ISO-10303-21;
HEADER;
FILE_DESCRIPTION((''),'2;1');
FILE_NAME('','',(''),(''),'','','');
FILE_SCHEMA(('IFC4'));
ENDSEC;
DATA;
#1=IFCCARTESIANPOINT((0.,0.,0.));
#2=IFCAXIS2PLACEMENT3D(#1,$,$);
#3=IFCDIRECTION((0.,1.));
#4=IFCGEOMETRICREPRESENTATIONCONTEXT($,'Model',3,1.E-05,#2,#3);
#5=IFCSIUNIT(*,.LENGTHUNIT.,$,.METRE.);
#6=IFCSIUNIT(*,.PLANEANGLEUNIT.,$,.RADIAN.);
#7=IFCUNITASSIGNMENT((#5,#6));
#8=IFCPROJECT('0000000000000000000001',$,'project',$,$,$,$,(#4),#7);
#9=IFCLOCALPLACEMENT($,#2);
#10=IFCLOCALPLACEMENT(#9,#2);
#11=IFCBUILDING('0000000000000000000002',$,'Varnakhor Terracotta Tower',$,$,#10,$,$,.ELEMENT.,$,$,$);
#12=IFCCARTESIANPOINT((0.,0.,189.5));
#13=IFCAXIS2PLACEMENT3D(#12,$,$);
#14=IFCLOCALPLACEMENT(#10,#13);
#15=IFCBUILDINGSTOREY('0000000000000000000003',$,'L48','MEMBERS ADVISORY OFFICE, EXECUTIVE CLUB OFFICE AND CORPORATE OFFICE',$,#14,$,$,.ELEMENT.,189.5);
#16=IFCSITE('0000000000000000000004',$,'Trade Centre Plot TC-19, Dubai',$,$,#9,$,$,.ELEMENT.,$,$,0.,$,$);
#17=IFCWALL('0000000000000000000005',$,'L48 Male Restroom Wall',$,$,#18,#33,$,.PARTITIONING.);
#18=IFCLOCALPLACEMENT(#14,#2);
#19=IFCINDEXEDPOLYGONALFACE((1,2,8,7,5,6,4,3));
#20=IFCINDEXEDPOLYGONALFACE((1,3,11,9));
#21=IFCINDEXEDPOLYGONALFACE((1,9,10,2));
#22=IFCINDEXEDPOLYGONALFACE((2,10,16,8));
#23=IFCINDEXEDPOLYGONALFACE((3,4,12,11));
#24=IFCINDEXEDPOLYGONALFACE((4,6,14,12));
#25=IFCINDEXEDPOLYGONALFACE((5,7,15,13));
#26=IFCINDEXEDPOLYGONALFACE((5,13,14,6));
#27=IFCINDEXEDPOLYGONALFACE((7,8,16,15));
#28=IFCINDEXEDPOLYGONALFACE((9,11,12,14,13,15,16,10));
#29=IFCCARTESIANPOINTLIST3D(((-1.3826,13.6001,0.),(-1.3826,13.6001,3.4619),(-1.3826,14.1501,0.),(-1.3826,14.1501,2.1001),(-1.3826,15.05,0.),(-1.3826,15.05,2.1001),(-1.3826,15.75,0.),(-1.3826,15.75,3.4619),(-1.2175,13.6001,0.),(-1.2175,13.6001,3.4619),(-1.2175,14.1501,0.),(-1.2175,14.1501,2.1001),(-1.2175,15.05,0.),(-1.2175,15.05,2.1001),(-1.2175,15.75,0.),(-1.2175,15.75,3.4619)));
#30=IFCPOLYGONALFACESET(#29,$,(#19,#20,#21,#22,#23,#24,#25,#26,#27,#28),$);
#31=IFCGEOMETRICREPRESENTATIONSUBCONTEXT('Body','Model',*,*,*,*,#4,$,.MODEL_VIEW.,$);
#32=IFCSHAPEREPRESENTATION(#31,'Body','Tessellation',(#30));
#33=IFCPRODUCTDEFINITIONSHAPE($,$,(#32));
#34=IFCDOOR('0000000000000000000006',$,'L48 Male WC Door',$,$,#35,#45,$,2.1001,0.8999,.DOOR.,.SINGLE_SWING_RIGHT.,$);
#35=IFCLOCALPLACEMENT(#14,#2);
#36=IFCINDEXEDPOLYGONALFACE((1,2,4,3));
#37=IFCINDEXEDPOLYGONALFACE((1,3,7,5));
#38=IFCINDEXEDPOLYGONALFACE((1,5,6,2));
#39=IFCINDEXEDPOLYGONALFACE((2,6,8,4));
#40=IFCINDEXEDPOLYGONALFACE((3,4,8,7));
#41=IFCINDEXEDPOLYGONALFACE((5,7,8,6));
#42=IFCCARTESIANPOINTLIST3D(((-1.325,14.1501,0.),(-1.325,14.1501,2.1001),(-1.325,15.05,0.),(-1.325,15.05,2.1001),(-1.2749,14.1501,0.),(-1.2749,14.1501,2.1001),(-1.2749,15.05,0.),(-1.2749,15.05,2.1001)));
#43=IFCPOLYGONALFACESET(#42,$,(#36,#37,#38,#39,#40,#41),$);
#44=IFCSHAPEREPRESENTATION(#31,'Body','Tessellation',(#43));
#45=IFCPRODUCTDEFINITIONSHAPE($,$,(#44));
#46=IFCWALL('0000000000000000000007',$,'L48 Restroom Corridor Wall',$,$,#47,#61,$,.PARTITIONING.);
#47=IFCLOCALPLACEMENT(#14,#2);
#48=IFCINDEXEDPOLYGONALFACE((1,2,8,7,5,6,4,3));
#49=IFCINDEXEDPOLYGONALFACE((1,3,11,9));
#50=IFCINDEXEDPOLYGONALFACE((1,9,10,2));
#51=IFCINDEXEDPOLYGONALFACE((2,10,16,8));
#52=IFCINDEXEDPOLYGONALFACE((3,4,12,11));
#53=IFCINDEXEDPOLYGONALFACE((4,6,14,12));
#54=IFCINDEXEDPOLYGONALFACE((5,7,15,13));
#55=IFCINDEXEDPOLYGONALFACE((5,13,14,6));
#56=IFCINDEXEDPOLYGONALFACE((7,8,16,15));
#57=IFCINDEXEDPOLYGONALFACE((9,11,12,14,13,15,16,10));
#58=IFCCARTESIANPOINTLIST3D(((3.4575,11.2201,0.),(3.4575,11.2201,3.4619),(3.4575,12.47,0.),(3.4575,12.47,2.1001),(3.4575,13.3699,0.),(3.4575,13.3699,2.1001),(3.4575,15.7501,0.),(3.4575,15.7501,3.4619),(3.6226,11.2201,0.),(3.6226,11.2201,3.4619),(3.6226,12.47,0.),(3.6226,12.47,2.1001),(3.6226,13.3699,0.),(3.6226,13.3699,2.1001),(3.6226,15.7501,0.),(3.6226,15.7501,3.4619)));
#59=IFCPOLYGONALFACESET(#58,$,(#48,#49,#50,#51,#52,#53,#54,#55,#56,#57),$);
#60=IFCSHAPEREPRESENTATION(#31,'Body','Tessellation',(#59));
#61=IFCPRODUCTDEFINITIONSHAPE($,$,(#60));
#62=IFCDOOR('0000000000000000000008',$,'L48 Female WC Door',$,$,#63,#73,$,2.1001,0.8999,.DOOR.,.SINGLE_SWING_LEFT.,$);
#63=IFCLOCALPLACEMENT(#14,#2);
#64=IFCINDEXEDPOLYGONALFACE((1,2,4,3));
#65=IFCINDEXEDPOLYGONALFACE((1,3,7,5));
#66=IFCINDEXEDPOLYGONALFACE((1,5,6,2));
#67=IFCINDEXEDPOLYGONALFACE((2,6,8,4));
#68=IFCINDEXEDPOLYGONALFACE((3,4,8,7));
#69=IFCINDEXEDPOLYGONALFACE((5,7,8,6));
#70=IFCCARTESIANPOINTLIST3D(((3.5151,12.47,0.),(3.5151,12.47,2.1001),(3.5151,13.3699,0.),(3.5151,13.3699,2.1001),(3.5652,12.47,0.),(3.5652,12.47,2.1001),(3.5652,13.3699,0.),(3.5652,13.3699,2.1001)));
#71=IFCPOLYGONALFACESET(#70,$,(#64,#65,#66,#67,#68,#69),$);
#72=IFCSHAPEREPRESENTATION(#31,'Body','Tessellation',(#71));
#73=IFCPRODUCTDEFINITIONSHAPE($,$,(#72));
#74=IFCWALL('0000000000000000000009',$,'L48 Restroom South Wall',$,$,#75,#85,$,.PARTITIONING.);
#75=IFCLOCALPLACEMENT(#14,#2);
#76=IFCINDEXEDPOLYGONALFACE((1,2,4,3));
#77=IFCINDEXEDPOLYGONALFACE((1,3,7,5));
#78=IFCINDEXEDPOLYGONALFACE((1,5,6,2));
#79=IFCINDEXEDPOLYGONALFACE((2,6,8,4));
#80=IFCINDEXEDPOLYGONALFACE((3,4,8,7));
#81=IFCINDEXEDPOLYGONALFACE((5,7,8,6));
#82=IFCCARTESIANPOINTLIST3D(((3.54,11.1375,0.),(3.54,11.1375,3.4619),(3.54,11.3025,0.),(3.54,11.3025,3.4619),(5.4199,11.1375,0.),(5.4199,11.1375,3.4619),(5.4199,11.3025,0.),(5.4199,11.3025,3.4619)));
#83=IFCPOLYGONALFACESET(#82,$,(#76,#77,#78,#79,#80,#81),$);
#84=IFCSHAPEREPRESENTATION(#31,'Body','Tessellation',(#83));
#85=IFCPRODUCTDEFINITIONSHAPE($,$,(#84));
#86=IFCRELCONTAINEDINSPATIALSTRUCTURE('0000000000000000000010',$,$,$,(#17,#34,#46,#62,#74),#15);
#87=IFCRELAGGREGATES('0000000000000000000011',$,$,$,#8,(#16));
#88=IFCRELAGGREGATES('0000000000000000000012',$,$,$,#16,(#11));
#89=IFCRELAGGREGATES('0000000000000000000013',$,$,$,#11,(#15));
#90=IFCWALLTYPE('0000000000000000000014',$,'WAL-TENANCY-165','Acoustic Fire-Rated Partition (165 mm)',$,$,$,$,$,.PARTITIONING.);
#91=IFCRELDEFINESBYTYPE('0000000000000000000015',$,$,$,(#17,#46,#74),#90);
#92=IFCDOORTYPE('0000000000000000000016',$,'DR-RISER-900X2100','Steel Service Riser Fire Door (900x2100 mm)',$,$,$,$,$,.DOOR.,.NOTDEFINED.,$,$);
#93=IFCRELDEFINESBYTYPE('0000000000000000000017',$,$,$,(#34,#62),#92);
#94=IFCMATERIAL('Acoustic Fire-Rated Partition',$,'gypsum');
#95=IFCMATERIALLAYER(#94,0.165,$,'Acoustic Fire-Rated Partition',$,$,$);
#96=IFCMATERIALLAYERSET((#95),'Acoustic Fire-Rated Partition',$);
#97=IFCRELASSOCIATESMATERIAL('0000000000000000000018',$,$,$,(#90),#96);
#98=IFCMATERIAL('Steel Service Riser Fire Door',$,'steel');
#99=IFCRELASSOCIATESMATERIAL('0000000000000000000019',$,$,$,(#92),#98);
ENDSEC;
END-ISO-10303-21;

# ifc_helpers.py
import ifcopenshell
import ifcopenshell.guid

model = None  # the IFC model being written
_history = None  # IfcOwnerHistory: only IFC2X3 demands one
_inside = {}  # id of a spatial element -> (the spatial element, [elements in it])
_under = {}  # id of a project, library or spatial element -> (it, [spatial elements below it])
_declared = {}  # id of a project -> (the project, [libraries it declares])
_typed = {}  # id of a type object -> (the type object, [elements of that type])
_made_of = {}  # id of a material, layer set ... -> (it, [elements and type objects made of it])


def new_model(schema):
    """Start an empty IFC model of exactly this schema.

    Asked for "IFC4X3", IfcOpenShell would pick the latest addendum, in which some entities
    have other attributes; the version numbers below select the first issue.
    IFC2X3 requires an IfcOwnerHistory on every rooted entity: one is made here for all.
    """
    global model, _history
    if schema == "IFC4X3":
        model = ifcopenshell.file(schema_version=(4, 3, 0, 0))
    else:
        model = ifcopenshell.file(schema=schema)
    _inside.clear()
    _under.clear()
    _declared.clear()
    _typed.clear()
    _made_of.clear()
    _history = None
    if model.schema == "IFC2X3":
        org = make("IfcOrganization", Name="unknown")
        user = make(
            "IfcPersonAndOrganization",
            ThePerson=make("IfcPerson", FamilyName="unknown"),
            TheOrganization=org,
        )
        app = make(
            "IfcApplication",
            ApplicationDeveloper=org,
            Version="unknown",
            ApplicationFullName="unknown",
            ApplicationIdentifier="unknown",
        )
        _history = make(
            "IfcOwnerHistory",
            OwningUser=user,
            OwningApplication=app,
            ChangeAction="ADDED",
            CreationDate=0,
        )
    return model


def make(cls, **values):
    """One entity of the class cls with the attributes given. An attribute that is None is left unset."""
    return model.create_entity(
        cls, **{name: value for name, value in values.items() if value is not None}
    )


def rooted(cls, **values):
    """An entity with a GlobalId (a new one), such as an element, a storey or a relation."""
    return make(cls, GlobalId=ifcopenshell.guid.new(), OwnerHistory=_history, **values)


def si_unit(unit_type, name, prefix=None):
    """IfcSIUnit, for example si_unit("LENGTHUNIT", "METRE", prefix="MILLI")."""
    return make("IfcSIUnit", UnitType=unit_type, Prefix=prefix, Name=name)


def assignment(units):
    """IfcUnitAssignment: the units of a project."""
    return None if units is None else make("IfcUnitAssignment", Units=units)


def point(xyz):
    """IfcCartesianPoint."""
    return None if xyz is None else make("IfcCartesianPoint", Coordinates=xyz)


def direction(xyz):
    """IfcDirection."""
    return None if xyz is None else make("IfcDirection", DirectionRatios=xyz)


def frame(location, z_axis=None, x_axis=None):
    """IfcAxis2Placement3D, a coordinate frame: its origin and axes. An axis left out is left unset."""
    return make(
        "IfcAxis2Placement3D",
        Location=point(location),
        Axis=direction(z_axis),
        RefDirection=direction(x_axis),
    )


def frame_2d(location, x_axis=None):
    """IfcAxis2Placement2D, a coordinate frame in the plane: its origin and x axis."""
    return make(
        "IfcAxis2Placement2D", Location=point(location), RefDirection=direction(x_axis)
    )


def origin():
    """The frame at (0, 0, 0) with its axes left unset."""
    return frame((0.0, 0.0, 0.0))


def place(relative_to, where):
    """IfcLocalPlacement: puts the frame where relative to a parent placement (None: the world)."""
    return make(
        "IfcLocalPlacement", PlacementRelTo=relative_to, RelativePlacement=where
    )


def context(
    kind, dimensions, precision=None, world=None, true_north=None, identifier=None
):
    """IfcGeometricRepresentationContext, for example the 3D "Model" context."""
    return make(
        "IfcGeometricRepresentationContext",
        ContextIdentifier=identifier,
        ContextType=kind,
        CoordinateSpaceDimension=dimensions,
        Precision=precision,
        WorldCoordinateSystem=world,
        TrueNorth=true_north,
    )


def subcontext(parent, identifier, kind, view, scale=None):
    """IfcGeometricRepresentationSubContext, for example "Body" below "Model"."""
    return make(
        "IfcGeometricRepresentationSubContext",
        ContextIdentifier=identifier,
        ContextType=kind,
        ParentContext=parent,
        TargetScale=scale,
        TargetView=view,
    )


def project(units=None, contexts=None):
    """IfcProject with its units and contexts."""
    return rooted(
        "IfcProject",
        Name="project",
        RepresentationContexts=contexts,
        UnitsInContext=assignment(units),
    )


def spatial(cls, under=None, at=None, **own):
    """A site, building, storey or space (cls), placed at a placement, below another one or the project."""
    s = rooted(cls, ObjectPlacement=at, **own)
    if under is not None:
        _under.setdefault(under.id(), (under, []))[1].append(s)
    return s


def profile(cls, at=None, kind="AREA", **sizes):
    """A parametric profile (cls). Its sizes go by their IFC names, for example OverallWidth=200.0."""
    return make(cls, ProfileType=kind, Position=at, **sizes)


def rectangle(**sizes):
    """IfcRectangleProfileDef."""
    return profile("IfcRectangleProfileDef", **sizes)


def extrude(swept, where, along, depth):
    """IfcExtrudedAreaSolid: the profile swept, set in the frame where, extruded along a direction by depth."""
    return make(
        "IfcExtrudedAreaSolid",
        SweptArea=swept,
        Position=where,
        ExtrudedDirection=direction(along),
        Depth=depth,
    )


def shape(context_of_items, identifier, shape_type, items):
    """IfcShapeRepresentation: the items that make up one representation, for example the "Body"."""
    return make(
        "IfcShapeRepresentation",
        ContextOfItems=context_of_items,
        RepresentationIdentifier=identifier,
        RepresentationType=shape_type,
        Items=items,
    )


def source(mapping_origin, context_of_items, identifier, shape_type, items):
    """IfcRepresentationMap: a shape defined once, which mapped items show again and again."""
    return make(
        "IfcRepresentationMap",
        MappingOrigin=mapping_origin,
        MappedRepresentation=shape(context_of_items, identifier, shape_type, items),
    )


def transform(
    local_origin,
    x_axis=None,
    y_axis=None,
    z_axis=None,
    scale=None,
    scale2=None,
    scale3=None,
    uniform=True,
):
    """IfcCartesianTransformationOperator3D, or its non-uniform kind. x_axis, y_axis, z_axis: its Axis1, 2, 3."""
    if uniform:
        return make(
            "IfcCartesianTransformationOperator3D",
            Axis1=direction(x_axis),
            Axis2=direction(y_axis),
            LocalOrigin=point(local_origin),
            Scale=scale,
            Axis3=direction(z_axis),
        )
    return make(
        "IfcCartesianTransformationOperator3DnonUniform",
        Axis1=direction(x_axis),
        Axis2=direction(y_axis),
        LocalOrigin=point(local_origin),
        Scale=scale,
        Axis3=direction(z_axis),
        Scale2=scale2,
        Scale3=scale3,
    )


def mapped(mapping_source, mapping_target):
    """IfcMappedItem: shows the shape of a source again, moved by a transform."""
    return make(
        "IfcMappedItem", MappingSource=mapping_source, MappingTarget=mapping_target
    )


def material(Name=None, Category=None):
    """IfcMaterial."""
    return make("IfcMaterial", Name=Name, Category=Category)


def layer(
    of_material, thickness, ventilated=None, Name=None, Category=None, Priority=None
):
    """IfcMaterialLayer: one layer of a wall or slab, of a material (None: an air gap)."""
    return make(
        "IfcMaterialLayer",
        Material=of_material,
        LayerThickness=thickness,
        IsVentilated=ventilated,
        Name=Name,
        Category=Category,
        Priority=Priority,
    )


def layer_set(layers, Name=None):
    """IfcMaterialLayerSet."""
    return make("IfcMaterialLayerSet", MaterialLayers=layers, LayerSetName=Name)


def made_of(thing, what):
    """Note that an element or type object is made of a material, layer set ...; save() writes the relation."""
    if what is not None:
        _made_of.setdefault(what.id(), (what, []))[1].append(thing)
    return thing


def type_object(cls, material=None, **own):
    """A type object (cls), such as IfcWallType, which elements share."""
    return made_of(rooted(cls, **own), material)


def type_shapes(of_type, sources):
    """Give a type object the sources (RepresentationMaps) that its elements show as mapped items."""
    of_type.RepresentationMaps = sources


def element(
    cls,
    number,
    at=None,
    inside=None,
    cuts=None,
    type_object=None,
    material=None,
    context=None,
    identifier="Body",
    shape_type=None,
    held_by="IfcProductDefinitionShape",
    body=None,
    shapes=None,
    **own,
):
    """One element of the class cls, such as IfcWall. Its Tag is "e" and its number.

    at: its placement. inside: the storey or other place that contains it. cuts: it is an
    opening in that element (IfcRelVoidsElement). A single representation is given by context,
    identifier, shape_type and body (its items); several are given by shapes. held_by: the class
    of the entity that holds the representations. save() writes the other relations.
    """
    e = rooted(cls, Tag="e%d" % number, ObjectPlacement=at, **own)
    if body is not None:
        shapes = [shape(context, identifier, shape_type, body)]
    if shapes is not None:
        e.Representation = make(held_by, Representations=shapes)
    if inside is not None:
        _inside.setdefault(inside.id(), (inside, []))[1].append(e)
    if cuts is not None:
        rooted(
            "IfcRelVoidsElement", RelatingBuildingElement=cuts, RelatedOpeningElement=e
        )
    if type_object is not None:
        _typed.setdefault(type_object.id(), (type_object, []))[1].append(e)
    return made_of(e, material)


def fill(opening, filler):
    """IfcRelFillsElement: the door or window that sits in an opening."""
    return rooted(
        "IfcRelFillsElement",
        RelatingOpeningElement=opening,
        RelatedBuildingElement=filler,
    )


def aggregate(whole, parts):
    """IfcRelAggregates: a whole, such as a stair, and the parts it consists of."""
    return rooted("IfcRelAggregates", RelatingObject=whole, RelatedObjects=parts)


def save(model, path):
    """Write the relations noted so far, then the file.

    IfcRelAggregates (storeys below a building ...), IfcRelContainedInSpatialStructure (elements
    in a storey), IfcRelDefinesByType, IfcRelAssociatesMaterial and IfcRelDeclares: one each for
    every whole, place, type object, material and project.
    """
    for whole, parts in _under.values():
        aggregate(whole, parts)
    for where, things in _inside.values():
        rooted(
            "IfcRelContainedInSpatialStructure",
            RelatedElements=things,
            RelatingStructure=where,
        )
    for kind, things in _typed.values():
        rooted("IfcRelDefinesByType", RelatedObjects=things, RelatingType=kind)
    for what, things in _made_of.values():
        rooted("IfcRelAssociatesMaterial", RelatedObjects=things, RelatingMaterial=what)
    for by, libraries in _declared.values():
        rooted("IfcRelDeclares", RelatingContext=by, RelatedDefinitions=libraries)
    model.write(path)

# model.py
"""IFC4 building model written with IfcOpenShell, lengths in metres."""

from ifc_helpers import new_model, si_unit, direction, frame, frame_2d, origin, place, context, subcontext, project, spatial, rectangle, extrude, source, transform, mapped, material, layer, layer_set, type_object, type_shapes, element, fill, save


model = new_model("IFC4")

# Units and contexts
model_context = context("Model", 3, precision=1e-05, world=origin(), true_north=direction((0.0, 1.0)))
body_context = subcontext(model_context, "Body", "Model", "MODEL_VIEW")
ifc_project = project(units=[si_unit("LENGTHUNIT", "METRE"), si_unit("PLANEANGLEUNIT", "RADIAN")], contexts=[model_context])

# Site, building, storey
site_placement = place(None, origin())
site = spatial("IfcSite", under=ifc_project, at=site_placement, Name="Trade Centre Plot TC-19, Dubai", CompositionType="ELEMENT", RefElevation=0.0)
building_placement = place(site_placement, origin())
building = spatial("IfcBuilding", under=site, at=building_placement, Name="Varnakhor Terracotta Tower", CompositionType="ELEMENT")
storey_placement = place(building_placement, frame((0.0, 0.0, 189.5)))
storey = spatial("IfcBuildingStorey", under=building, at=storey_placement, Name="L48", Description="MEMBERS ADVISORY OFFICE, EXECUTIVE CLUB OFFICE AND CORPORATE OFFICE", CompositionType="ELEMENT", Elevation=189.5)

# Walls, openings, doors
ifc_material_1 = material(Name="Acoustic Fire-Rated Partition", Category="gypsum")
ifc_layer_1 = layer(ifc_material_1, 0.165, Name="Acoustic Fire-Rated Partition")
ifc_layer_set_1 = layer_set([ifc_layer_1], Name="Acoustic Fire-Rated Partition")
wall_type_1 = type_object("IfcWallType", Name="WAL-TENANCY-165", Description="Acoustic Fire-Rated Partition (165 mm)", PredefinedType="PARTITIONING", material=ifc_layer_set_1)
wall_1_placement = place(storey_placement, frame((-1.3, 13.6001, 0.0), z_axis=(0.0, 0.0, 1.0), x_axis=(0.0, 1.0, 0.0)))
wall_1 = element("IfcWall", 1, at=wall_1_placement, inside=storey, type_object=wall_type_1, Name="L48 Male Restroom Wall", PredefinedType="PARTITIONING", context=body_context, shape_type="SweptSolid", body=[
    extrude(rectangle(XDim=2.1499, YDim=0.165, at=frame_2d((1.075, 0.0))), origin(), (0.0, 0.0, 1.0), 3.4619),
])
opening_1_placement = place(wall_1_placement, frame((0.55, 0.0, 0.0)))
opening_1 = element("IfcOpeningElement", 2, at=opening_1_placement, cuts=wall_1, PredefinedType="OPENING", context=body_context, shape_type="SweptSolid", body=[
    extrude(rectangle(XDim=0.8999, YDim=2.1001, at=frame_2d((0.45, 1.05))), frame((0.0, 0.0925, 0.0), z_axis=(0.0, -1.0, 0.0), x_axis=(1.0, 0.0, 0.0)), (0.0, 0.0, 1.0), 0.1851),
])
ifc_material_2 = material(Name="Steel Service Riser Fire Door", Category="steel")
door_type_1 = type_object("IfcDoorType", Name="DR-RISER-900X2100", Description="Steel Service Riser Fire Door (900x2100 mm)", OperationType="NOTDEFINED", PredefinedType="DOOR", material=ifc_material_2)
shared_shape_1 = source(origin(), body_context, "Body", "SweptSolid", [
    extrude(rectangle(XDim=0.8999, YDim=2.1001, at=frame_2d((0.45, 1.05))), frame((0.0, 0.0249, 0.0), z_axis=(0.0, -1.0, 0.0), x_axis=(1.0, 0.0, 0.0)), (0.0, 0.0, 1.0), 0.05),
])
type_shapes(door_type_1, [shared_shape_1])
door_1_placement = place(opening_1_placement, origin())
door_1 = element("IfcDoor", 3, at=door_1_placement, inside=storey, type_object=door_type_1, Name="L48 Male WC Door", OperationType="SINGLE_SWING_RIGHT", OverallHeight=2.1001, OverallWidth=0.8999, PredefinedType="DOOR", context=body_context, shape_type="MappedRepresentation", body=[
    mapped(shared_shape_1, transform((0.0, 0.0, 0.0), scale=1.0)),
])
fill(opening_1, door_1)
wall_2_placement = place(storey_placement, frame((3.54, 11.22, 0.0), z_axis=(0.0, 0.0, 1.0), x_axis=(0.0, 1.0, 0.0)))
wall_2 = element("IfcWall", 4, at=wall_2_placement, inside=storey, type_object=wall_type_1, Name="L48 Restroom Corridor Wall", PredefinedType="PARTITIONING", context=body_context, shape_type="SweptSolid", body=[
    extrude(rectangle(XDim=4.53, YDim=0.165, at=frame_2d((2.2651, 0.0))), origin(), (0.0, 0.0, 1.0), 3.4619),
])
opening_2_placement = place(wall_2_placement, frame((1.25, 0.0, 0.0)))
opening_2 = element("IfcOpeningElement", 5, at=opening_2_placement, cuts=wall_2, PredefinedType="OPENING", context=body_context, shape_type="SweptSolid", body=[
    extrude(rectangle(XDim=0.8999, YDim=2.1001, at=frame_2d((0.45, 1.05))), frame((0.0, 0.0925, 0.0), z_axis=(0.0, -1.0, 0.0), x_axis=(1.0, 0.0, 0.0)), (0.0, 0.0, 1.0), 0.1851),
])
door_2_placement = place(opening_2_placement, origin())
door_2 = element("IfcDoor", 6, at=door_2_placement, inside=storey, type_object=door_type_1, Name="L48 Female WC Door", OperationType="SINGLE_SWING_LEFT", OverallHeight=2.1001, OverallWidth=0.8999, PredefinedType="DOOR", context=body_context, shape_type="MappedRepresentation", body=[
    mapped(shared_shape_1, transform((0.0, 0.0, 0.0), scale=1.0)),
])
fill(opening_2, door_2)

# Wall
wall_3_placement = place(storey_placement, frame((3.54, 11.22, 0.0), z_axis=(0.0, 0.0, 1.0), x_axis=(1.0, 0.0, 0.0)))
element("IfcWall", 7, at=wall_3_placement, inside=storey, type_object=wall_type_1, Name="L48 Restroom South Wall", PredefinedType="PARTITIONING", context=body_context, shape_type="SweptSolid", body=[
    extrude(rectangle(XDim=1.8799, YDim=0.165, at=frame_2d((0.9399, 0.0))), origin(), (0.0, 0.0, 1.0), 3.4619),
])

save(model, "model.ifc")
